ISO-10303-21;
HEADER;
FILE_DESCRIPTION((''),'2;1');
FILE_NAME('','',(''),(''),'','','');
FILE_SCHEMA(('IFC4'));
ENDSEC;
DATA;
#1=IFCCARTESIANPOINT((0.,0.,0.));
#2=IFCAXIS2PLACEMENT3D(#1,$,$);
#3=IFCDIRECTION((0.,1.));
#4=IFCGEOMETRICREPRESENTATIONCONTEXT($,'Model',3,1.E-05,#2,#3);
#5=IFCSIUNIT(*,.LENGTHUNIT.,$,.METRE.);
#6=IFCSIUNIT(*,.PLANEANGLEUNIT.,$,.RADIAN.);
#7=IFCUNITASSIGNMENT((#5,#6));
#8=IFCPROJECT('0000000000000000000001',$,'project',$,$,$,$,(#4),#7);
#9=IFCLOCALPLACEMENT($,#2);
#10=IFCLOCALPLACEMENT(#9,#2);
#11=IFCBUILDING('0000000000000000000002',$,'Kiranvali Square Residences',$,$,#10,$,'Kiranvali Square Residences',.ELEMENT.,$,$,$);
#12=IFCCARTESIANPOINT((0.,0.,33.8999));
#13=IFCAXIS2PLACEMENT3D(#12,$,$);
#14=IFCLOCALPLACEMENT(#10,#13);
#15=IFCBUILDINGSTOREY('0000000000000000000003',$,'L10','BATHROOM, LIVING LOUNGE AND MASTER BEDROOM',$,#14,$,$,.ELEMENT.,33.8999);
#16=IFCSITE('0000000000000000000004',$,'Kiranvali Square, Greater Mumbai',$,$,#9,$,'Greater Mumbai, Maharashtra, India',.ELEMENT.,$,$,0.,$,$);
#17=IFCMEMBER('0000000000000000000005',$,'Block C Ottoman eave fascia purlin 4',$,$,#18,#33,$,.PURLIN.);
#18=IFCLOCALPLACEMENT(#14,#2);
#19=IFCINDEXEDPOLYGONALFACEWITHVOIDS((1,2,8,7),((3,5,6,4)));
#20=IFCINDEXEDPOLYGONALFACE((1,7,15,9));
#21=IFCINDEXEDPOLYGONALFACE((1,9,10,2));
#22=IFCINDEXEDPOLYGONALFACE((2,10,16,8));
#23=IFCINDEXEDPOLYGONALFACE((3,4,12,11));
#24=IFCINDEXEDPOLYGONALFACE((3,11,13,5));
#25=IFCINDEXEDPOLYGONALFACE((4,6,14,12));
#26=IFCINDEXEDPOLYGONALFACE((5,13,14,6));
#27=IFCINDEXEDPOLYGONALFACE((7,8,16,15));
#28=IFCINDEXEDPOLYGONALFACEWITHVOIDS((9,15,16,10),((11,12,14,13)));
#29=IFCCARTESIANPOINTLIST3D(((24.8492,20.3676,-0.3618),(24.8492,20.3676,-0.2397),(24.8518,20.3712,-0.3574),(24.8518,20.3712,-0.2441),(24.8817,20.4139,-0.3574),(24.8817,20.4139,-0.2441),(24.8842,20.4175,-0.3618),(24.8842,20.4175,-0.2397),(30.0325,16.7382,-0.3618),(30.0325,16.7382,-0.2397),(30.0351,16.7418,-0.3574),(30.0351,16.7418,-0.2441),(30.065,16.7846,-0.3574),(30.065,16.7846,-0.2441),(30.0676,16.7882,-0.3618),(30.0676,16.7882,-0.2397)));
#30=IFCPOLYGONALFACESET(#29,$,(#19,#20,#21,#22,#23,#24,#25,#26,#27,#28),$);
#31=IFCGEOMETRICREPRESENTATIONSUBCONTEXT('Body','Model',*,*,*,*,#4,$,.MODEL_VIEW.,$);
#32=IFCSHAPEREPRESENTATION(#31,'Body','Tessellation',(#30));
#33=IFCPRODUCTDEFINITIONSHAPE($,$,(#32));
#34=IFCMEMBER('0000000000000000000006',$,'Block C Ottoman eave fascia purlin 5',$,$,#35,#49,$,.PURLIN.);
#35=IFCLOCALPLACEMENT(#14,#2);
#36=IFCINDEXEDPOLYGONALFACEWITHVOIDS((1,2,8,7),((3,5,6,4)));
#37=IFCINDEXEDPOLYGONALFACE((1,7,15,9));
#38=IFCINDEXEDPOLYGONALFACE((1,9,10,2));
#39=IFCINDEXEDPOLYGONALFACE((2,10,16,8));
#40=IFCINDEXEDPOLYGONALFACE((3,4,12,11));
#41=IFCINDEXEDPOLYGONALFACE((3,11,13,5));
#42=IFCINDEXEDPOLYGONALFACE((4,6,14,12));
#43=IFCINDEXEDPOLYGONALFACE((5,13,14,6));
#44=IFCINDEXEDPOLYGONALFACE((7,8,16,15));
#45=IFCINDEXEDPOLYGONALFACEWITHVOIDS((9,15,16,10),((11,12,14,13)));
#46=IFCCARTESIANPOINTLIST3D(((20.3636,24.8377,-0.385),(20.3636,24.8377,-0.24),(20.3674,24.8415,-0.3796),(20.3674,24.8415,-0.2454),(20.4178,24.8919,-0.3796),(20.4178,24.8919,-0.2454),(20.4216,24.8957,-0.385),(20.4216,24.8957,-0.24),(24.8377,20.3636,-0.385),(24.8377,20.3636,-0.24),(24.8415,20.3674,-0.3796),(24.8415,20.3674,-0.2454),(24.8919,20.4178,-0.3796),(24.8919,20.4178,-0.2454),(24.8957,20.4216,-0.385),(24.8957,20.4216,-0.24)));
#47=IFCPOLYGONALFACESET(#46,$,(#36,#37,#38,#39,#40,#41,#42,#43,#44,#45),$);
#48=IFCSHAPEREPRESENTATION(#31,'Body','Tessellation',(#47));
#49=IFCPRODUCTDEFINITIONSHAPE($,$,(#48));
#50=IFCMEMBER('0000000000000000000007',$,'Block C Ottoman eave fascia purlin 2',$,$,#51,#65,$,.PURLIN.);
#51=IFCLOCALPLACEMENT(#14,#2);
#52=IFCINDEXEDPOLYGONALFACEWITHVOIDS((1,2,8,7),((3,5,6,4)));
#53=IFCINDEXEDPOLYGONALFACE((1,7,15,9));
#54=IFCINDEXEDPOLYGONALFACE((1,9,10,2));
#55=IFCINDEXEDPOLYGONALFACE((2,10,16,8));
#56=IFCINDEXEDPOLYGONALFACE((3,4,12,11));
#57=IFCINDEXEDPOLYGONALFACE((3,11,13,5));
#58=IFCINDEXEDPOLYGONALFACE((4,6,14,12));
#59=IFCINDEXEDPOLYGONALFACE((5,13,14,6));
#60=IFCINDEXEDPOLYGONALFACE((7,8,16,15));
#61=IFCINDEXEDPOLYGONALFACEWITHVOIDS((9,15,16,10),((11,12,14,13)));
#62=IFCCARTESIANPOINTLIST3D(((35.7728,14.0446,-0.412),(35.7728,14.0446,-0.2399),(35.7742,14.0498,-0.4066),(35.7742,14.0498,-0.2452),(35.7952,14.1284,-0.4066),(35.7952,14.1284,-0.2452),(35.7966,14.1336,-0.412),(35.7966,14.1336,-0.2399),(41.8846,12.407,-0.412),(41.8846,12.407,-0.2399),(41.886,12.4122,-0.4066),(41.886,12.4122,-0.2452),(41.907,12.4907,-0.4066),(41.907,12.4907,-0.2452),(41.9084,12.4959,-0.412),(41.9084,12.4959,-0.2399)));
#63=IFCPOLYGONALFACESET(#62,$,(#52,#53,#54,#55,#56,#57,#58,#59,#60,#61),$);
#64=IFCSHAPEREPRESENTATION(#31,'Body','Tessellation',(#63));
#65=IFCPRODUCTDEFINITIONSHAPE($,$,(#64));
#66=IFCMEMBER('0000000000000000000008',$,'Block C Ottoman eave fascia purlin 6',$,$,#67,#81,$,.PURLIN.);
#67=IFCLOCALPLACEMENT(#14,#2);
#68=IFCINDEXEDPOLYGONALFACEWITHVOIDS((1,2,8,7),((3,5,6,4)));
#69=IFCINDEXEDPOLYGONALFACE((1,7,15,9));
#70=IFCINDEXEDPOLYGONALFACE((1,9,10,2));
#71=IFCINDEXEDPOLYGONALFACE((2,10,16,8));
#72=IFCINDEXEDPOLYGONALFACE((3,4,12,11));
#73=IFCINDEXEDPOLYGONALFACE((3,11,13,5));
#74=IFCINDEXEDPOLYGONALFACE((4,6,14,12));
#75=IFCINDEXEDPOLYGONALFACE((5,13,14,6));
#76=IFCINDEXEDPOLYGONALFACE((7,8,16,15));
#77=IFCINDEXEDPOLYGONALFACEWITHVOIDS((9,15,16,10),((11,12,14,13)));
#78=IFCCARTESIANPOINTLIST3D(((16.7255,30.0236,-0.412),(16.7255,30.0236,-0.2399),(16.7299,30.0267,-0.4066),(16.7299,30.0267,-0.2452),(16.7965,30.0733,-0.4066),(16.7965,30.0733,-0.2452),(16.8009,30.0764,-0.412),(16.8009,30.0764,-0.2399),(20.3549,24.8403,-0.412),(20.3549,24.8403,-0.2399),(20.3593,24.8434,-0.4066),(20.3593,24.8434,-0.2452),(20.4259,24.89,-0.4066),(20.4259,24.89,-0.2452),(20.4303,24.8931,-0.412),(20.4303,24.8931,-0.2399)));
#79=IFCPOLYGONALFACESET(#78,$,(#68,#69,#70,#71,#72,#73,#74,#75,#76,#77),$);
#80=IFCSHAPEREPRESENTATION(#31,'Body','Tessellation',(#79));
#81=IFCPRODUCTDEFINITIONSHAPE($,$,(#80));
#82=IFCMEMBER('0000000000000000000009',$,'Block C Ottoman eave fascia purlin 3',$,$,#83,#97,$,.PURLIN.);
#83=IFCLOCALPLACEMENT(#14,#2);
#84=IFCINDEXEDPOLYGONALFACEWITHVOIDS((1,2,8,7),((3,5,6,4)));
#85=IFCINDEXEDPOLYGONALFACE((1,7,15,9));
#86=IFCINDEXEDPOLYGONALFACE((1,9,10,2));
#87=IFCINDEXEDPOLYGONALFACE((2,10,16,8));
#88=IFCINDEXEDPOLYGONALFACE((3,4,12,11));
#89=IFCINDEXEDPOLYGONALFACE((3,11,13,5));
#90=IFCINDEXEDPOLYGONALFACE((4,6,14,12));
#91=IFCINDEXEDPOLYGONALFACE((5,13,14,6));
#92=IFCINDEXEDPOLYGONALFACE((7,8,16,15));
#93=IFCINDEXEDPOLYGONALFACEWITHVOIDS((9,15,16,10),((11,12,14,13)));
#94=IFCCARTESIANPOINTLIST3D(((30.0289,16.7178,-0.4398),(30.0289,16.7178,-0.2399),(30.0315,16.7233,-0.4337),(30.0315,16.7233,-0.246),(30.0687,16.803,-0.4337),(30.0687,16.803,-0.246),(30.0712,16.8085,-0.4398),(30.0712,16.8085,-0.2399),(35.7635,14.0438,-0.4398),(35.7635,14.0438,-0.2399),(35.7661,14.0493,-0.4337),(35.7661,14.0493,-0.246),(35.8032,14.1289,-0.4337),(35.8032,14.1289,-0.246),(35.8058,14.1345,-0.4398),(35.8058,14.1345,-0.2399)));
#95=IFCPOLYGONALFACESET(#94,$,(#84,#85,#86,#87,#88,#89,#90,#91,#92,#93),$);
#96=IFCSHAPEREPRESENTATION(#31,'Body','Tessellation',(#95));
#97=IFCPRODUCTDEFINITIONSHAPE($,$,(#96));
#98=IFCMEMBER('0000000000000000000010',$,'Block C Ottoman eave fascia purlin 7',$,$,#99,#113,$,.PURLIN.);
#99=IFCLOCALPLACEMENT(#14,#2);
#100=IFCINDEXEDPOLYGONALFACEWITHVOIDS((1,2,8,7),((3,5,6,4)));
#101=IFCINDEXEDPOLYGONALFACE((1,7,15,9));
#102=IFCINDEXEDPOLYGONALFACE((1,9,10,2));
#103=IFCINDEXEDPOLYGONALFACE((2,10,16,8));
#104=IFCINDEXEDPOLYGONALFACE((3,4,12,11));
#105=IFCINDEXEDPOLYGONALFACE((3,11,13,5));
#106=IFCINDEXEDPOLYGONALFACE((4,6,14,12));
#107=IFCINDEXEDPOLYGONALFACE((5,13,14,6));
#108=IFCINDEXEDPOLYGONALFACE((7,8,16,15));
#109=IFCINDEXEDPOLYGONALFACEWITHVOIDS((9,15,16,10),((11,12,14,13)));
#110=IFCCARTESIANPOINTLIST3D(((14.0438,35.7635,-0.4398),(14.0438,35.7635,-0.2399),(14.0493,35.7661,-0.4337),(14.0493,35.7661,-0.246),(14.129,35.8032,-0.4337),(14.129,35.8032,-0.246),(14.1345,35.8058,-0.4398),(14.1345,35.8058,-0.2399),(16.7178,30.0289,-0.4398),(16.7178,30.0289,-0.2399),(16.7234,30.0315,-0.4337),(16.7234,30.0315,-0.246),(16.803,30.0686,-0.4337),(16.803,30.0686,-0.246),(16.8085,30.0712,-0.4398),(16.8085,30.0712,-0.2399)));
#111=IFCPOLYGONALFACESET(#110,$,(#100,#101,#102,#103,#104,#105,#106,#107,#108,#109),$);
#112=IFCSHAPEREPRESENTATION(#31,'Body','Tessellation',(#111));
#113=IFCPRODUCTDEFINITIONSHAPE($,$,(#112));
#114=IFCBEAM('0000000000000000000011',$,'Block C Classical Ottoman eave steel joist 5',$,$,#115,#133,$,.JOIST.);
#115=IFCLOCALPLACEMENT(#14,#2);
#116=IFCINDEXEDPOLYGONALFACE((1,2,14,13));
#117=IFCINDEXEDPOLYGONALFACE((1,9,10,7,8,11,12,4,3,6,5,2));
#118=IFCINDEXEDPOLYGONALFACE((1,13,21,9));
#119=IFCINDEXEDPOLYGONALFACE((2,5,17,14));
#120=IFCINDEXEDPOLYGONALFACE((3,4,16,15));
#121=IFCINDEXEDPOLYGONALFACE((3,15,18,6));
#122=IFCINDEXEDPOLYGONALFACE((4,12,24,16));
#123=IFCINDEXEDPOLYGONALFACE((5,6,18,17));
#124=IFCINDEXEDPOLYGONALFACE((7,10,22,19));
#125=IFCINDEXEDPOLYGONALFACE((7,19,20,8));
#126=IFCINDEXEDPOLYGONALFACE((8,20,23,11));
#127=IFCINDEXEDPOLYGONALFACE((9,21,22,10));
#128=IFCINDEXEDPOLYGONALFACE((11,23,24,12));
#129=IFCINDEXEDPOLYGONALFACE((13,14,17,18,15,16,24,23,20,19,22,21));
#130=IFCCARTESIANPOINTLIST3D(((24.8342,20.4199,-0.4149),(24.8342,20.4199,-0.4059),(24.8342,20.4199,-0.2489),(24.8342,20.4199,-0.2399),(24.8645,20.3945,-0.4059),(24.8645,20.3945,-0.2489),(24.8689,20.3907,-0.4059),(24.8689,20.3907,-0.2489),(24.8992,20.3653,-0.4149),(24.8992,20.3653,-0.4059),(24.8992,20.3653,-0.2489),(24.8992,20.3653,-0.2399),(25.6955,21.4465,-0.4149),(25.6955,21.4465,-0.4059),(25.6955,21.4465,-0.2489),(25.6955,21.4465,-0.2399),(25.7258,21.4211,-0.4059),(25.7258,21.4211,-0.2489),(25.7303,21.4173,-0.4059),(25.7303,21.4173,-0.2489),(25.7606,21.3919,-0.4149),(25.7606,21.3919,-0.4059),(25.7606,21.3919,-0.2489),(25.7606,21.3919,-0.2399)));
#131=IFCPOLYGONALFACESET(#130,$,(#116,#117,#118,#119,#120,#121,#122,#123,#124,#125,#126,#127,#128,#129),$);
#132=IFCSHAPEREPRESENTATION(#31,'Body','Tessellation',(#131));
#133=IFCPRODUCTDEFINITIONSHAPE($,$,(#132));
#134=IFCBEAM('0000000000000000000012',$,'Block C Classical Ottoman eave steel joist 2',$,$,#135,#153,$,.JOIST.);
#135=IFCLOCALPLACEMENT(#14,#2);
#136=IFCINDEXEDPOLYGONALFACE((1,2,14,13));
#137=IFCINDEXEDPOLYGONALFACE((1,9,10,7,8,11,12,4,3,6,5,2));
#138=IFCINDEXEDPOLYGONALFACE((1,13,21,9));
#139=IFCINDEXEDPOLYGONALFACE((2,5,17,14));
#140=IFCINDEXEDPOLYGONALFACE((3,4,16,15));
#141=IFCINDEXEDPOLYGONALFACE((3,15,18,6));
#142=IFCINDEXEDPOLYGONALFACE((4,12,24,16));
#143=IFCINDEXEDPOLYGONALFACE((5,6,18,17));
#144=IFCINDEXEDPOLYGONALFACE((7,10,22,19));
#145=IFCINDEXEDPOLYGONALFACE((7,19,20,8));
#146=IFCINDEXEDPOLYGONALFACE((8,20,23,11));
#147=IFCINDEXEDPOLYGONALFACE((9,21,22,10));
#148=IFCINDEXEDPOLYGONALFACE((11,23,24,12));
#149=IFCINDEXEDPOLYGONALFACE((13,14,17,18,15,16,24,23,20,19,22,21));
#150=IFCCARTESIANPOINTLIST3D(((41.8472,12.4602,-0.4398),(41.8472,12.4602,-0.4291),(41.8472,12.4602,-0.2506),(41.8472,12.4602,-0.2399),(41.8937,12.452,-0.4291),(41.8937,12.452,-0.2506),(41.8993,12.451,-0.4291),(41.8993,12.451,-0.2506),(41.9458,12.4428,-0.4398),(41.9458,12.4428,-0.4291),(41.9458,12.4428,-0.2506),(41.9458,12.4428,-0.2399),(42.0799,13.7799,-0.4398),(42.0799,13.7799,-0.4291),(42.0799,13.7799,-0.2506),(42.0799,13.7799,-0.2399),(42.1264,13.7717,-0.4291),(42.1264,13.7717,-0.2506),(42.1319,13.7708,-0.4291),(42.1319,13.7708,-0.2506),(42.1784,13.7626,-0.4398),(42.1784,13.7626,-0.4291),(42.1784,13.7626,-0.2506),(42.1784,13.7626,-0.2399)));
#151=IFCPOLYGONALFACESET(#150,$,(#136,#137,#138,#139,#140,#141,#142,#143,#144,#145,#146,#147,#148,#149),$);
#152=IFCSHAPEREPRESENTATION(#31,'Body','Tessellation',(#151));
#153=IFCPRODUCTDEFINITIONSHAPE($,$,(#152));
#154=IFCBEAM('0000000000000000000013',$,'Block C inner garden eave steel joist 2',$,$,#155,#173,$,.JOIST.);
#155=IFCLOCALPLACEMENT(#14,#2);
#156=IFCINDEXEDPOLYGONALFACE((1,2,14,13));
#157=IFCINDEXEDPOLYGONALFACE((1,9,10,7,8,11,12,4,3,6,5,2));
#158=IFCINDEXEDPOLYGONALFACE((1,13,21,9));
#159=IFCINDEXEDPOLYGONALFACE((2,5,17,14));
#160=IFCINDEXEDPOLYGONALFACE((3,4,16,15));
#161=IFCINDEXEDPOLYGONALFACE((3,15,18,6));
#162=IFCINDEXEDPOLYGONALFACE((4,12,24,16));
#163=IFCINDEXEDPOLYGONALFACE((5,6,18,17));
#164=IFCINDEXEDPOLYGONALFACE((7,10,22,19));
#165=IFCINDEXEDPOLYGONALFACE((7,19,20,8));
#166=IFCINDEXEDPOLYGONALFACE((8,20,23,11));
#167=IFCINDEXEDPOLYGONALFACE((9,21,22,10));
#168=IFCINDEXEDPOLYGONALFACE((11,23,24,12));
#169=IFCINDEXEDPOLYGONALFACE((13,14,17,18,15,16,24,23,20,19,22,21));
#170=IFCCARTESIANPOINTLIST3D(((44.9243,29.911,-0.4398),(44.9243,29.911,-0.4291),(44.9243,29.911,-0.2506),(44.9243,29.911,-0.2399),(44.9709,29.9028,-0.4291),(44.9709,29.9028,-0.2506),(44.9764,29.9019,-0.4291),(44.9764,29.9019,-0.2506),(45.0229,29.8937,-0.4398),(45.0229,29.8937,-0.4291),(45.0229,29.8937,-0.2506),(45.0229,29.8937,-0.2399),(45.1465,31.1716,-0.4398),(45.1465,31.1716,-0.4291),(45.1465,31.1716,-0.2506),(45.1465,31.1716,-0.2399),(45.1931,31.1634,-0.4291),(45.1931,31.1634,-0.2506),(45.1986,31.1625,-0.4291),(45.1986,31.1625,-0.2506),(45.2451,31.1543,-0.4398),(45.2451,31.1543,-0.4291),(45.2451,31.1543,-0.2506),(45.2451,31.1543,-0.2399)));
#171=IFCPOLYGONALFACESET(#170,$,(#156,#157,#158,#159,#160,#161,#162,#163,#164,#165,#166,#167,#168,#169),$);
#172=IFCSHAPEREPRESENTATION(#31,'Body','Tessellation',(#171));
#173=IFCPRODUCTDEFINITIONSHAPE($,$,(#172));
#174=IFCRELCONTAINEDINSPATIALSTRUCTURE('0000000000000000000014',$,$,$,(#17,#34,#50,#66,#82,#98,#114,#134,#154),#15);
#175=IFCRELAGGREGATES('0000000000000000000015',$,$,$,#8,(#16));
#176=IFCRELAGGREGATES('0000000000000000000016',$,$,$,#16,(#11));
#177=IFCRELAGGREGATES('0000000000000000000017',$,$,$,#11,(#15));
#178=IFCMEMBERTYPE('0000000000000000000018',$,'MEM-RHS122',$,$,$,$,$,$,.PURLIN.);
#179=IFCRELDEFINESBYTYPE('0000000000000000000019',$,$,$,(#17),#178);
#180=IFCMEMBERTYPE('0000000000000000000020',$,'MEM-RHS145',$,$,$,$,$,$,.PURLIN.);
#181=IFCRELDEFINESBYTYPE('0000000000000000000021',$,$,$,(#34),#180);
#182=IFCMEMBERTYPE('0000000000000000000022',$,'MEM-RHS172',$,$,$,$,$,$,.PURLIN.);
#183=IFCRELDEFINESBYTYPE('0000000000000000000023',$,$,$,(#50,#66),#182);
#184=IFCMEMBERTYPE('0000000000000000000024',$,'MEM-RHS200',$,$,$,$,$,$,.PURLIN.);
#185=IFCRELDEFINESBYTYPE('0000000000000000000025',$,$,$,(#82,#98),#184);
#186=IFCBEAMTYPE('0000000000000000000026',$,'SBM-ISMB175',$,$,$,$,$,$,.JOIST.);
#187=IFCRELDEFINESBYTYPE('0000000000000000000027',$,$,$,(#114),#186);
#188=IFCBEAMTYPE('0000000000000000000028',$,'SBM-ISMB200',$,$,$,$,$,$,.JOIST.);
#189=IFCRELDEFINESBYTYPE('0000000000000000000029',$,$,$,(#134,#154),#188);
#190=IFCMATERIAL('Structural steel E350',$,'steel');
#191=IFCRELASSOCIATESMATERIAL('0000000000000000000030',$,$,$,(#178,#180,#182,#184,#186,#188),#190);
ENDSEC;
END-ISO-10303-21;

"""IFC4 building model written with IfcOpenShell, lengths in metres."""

from ifc_helpers import new_model, si_unit, direction, frame, origin, origin_2d, place, context, subcontext, project, spatial, hollow_rectangle, i_section, extrude, material, material_profile, profile_set, type_object, element, save


model = new_model("IFC4")

# Units and contexts
model_context = context("Model", 3, precision=1e-05, world=origin(), true_north=direction((0.0, 1.0)))
body_context = subcontext(model_context, "Body", "Model", "MODEL_VIEW")
ifc_project = project(units=[si_unit("LENGTHUNIT", "METRE"), si_unit("PLANEANGLEUNIT", "RADIAN")], contexts=[model_context])

# Site, building, storey
site_placement = place(None, origin())
site = spatial("IfcSite", under=ifc_project, at=site_placement, Name="Kiranvali Square, Greater Mumbai", LongName="Greater Mumbai, Maharashtra, India", CompositionType="ELEMENT", RefElevation=0.0)
building_placement = place(site_placement, origin())
building = spatial("IfcBuilding", under=site, at=building_placement, Name="Kiranvali Square Residences", LongName="Kiranvali Square Residences", CompositionType="ELEMENT")
storey_placement = place(building_placement, frame((0.0, 0.0, 33.8999)))
storey = spatial("IfcBuildingStorey", under=building, at=storey_placement, Name="L10", Description="BATHROOM, LIVING LOUNGE AND MASTER BEDROOM", CompositionType="ELEMENT", Elevation=33.8999)

# Members
ifc_material_1 = material(Name="Structural steel E350", Category="steel")
ifc_material_profile_1 = material_profile(ifc_material_1, hollow_rectangle(XDim=0.061, YDim=0.1221, WallThickness=0.0044, at=origin_2d()), Name="RHS 122x61x4.5")
ifc_profile_set_1 = profile_set([ifc_material_profile_1], Name="Structural steel E350")
member_type_1 = type_object("IfcMemberType", Name="MEM-RHS122", PredefinedType="PURLIN", material=ifc_profile_set_1)
member_1_placement = place(storey_placement, frame((30.05, 16.7632, -0.3008), z_axis=(-0.819154, 0.573574, 0.0), x_axis=(-0.573574, -0.819154, 0.0)))
element("IfcMember", 1, at=member_1_placement, inside=storey, type_object=member_type_1, Name="Block C Ottoman eave fascia purlin 4", PredefinedType="PURLIN", context=body_context, shape_type="SweptSolid", body=[
    extrude(hollow_rectangle(XDim=0.061, YDim=0.1221, WallThickness=0.0044, at=origin_2d()), origin(), (0.0, 0.0, 1.0), 6.3276),
])
ifc_material_profile_2 = material_profile(ifc_material_1, hollow_rectangle(XDim=0.082, YDim=0.145, WallThickness=0.0054, at=origin_2d()), Name="RHS 145x82x5.4")
ifc_profile_set_2 = profile_set([ifc_material_profile_2], Name="Structural steel E350")
member_type_2 = type_object("IfcMemberType", Name="MEM-RHS145", PredefinedType="PURLIN", material=ifc_profile_set_2)
member_2_placement = place(storey_placement, frame((24.8667, 20.3926, -0.3125), z_axis=(-0.707107, 0.707107, 0.0), x_axis=(-0.707107, -0.707107, 0.0)))
element("IfcMember", 2, at=member_2_placement, inside=storey, type_object=member_type_2, Name="Block C Ottoman eave fascia purlin 5", PredefinedType="PURLIN", context=body_context, shape_type="SweptSolid", body=[
    extrude(hollow_rectangle(XDim=0.082, YDim=0.145, WallThickness=0.0054, at=origin_2d()), origin(), (0.0, 0.0, 1.0), 6.3274),
])
ifc_material_profile_3 = material_profile(ifc_material_1, hollow_rectangle(XDim=0.092, YDim=0.1721, WallThickness=0.0054, at=origin_2d()), Name="RHS 172x92x5.4")
ifc_profile_set_3 = profile_set([ifc_material_profile_3], Name="Structural steel E350")
member_type_3 = type_object("IfcMemberType", Name="MEM-RHS172", PredefinedType="PURLIN", material=ifc_profile_set_3)
member_3_placement = place(storey_placement, frame((41.8965, 12.4514, -0.3259), z_axis=(-0.965924, 0.258825, 0.0), x_axis=(-0.258825, -0.965924, 0.0)))
element("IfcMember", 3, at=member_3_placement, inside=storey, type_object=member_type_3, Name="Block C Ottoman eave fascia purlin 2", PredefinedType="PURLIN", context=body_context, shape_type="SweptSolid", body=[
    extrude(hollow_rectangle(XDim=0.092, YDim=0.1721, WallThickness=0.0054, at=origin_2d()), origin(), (0.0, 0.0, 1.0), 6.3274),
])
member_4_placement = place(storey_placement, frame((20.3926, 24.8667, -0.3259), z_axis=(-0.573574, 0.819154, 0.0), x_axis=(-0.819154, -0.573574, 0.0)))
element("IfcMember", 4, at=member_4_placement, inside=storey, type_object=member_type_3, Name="Block C Ottoman eave fascia purlin 6", PredefinedType="PURLIN", context=body_context, shape_type="SweptSolid", body=[
    extrude(hollow_rectangle(XDim=0.092, YDim=0.1721, WallThickness=0.0054, at=origin_2d()), origin(), (0.0, 0.0, 1.0), 6.3276),
])
ifc_material_profile_4 = material_profile(ifc_material_1, hollow_rectangle(XDim=0.1001, YDim=0.2, WallThickness=0.0061, at=origin_2d()), Name="RHS 200x100x6.0")
ifc_profile_set_4 = profile_set([ifc_material_profile_4], Name="Structural steel E350")
member_type_4 = type_object("IfcMemberType", Name="MEM-RHS200", PredefinedType="PURLIN", material=ifc_profile_set_4)
for number, where, z_axis, x_axis, name in (
    (5, (35.7847, 14.0891, -0.3398), (-0.906309, 0.422615, 0.0), (-0.422615, -0.906309, 0.0), "Block C Ottoman eave fascia purlin 3"),
    (6, (16.7632, 30.05, -0.3398), (-0.422615, 0.906309, 0.0), (-0.906309, -0.422615, 0.0), "Block C Ottoman eave fascia purlin 7"),
):
    element("IfcMember", number, at=place(storey_placement, frame(where, z_axis=z_axis, x_axis=x_axis)), inside=storey, type_object=member_type_4, Name=name, PredefinedType="PURLIN", context=body_context, shape_type="SweptSolid", body=[
        extrude(hollow_rectangle(XDim=0.1001, YDim=0.2, WallThickness=0.0061, at=origin_2d()), origin(), (0.0, 0.0, 1.0), 6.3274),
    ])

# Beams
ifc_material_profile_5 = material_profile(ifc_material_1, i_section(OverallWidth=0.085, OverallDepth=0.175, WebThickness=0.0059, FlangeThickness=0.009, at=origin_2d()), Name="ISMB 175")
ifc_profile_set_5 = profile_set([ifc_material_profile_5], Name="Structural steel E350")
beam_type_1 = type_object("IfcBeamType", Name="SBM-ISMB175", PredefinedType="JOIST", material=ifc_profile_set_5)
beam_1_placement = place(storey_placement, frame((25.728, 21.4192, -0.3274), z_axis=(-0.642743, -0.766082, 0.0), x_axis=(0.766082, -0.642743, 0.0)))
element("IfcBeam", 7, at=beam_1_placement, inside=storey, type_object=beam_type_1, Name="Block C Classical Ottoman eave steel joist 5", PredefinedType="JOIST", context=body_context, shape_type="SweptSolid", body=[
    extrude(i_section(OverallWidth=0.085, OverallDepth=0.175, WebThickness=0.0059, FlangeThickness=0.009, at=origin_2d()), origin(), (0.0, 0.0, 1.0), 1.3401),
])
ifc_material_profile_6 = material_profile(ifc_material_1, i_section(OverallWidth=0.1001, OverallDepth=0.2, WebThickness=0.0056, FlangeThickness=0.0107, at=origin_2d()), Name="ISMB 200")
ifc_profile_set_6 = profile_set([ifc_material_profile_6], Name="Structural steel E350")
beam_type_2 = type_object("IfcBeamType", Name="SBM-ISMB200", PredefinedType="JOIST", material=ifc_profile_set_6)
beam_2_placement = place(storey_placement, frame((42.1292, 13.7712, -0.3398), z_axis=(-0.173609, -0.984815, 0.0), x_axis=(0.984815, -0.173609, 0.0)))
element("IfcBeam", 8, at=beam_2_placement, inside=storey, type_object=beam_type_2, Name="Block C Classical Ottoman eave steel joist 2", PredefinedType="JOIST", context=body_context, shape_type="SweptSolid", body=[
    extrude(i_section(OverallWidth=0.1001, OverallDepth=0.2, WebThickness=0.0056, FlangeThickness=0.0107, at=origin_2d()), origin(), (0.0, 0.0, 1.0), 1.3401),
])
beam_3_placement = place(storey_placement, frame((44.9736, 29.9023, -0.3398), z_axis=(0.173579, 0.98482, 0.0), x_axis=(-0.98482, 0.173579, 0.0)))
element("IfcBeam", 9, at=beam_3_placement, inside=storey, type_object=beam_type_2, Name="Block C inner garden eave steel joist 2", PredefinedType="JOIST", context=body_context, shape_type="SweptSolid", body=[
    extrude(i_section(OverallWidth=0.1001, OverallDepth=0.2, WebThickness=0.0056, FlangeThickness=0.0107, at=origin_2d()), origin(), (0.0, 0.0, 1.0), 1.28),
])

save(model, "model.ifc")
